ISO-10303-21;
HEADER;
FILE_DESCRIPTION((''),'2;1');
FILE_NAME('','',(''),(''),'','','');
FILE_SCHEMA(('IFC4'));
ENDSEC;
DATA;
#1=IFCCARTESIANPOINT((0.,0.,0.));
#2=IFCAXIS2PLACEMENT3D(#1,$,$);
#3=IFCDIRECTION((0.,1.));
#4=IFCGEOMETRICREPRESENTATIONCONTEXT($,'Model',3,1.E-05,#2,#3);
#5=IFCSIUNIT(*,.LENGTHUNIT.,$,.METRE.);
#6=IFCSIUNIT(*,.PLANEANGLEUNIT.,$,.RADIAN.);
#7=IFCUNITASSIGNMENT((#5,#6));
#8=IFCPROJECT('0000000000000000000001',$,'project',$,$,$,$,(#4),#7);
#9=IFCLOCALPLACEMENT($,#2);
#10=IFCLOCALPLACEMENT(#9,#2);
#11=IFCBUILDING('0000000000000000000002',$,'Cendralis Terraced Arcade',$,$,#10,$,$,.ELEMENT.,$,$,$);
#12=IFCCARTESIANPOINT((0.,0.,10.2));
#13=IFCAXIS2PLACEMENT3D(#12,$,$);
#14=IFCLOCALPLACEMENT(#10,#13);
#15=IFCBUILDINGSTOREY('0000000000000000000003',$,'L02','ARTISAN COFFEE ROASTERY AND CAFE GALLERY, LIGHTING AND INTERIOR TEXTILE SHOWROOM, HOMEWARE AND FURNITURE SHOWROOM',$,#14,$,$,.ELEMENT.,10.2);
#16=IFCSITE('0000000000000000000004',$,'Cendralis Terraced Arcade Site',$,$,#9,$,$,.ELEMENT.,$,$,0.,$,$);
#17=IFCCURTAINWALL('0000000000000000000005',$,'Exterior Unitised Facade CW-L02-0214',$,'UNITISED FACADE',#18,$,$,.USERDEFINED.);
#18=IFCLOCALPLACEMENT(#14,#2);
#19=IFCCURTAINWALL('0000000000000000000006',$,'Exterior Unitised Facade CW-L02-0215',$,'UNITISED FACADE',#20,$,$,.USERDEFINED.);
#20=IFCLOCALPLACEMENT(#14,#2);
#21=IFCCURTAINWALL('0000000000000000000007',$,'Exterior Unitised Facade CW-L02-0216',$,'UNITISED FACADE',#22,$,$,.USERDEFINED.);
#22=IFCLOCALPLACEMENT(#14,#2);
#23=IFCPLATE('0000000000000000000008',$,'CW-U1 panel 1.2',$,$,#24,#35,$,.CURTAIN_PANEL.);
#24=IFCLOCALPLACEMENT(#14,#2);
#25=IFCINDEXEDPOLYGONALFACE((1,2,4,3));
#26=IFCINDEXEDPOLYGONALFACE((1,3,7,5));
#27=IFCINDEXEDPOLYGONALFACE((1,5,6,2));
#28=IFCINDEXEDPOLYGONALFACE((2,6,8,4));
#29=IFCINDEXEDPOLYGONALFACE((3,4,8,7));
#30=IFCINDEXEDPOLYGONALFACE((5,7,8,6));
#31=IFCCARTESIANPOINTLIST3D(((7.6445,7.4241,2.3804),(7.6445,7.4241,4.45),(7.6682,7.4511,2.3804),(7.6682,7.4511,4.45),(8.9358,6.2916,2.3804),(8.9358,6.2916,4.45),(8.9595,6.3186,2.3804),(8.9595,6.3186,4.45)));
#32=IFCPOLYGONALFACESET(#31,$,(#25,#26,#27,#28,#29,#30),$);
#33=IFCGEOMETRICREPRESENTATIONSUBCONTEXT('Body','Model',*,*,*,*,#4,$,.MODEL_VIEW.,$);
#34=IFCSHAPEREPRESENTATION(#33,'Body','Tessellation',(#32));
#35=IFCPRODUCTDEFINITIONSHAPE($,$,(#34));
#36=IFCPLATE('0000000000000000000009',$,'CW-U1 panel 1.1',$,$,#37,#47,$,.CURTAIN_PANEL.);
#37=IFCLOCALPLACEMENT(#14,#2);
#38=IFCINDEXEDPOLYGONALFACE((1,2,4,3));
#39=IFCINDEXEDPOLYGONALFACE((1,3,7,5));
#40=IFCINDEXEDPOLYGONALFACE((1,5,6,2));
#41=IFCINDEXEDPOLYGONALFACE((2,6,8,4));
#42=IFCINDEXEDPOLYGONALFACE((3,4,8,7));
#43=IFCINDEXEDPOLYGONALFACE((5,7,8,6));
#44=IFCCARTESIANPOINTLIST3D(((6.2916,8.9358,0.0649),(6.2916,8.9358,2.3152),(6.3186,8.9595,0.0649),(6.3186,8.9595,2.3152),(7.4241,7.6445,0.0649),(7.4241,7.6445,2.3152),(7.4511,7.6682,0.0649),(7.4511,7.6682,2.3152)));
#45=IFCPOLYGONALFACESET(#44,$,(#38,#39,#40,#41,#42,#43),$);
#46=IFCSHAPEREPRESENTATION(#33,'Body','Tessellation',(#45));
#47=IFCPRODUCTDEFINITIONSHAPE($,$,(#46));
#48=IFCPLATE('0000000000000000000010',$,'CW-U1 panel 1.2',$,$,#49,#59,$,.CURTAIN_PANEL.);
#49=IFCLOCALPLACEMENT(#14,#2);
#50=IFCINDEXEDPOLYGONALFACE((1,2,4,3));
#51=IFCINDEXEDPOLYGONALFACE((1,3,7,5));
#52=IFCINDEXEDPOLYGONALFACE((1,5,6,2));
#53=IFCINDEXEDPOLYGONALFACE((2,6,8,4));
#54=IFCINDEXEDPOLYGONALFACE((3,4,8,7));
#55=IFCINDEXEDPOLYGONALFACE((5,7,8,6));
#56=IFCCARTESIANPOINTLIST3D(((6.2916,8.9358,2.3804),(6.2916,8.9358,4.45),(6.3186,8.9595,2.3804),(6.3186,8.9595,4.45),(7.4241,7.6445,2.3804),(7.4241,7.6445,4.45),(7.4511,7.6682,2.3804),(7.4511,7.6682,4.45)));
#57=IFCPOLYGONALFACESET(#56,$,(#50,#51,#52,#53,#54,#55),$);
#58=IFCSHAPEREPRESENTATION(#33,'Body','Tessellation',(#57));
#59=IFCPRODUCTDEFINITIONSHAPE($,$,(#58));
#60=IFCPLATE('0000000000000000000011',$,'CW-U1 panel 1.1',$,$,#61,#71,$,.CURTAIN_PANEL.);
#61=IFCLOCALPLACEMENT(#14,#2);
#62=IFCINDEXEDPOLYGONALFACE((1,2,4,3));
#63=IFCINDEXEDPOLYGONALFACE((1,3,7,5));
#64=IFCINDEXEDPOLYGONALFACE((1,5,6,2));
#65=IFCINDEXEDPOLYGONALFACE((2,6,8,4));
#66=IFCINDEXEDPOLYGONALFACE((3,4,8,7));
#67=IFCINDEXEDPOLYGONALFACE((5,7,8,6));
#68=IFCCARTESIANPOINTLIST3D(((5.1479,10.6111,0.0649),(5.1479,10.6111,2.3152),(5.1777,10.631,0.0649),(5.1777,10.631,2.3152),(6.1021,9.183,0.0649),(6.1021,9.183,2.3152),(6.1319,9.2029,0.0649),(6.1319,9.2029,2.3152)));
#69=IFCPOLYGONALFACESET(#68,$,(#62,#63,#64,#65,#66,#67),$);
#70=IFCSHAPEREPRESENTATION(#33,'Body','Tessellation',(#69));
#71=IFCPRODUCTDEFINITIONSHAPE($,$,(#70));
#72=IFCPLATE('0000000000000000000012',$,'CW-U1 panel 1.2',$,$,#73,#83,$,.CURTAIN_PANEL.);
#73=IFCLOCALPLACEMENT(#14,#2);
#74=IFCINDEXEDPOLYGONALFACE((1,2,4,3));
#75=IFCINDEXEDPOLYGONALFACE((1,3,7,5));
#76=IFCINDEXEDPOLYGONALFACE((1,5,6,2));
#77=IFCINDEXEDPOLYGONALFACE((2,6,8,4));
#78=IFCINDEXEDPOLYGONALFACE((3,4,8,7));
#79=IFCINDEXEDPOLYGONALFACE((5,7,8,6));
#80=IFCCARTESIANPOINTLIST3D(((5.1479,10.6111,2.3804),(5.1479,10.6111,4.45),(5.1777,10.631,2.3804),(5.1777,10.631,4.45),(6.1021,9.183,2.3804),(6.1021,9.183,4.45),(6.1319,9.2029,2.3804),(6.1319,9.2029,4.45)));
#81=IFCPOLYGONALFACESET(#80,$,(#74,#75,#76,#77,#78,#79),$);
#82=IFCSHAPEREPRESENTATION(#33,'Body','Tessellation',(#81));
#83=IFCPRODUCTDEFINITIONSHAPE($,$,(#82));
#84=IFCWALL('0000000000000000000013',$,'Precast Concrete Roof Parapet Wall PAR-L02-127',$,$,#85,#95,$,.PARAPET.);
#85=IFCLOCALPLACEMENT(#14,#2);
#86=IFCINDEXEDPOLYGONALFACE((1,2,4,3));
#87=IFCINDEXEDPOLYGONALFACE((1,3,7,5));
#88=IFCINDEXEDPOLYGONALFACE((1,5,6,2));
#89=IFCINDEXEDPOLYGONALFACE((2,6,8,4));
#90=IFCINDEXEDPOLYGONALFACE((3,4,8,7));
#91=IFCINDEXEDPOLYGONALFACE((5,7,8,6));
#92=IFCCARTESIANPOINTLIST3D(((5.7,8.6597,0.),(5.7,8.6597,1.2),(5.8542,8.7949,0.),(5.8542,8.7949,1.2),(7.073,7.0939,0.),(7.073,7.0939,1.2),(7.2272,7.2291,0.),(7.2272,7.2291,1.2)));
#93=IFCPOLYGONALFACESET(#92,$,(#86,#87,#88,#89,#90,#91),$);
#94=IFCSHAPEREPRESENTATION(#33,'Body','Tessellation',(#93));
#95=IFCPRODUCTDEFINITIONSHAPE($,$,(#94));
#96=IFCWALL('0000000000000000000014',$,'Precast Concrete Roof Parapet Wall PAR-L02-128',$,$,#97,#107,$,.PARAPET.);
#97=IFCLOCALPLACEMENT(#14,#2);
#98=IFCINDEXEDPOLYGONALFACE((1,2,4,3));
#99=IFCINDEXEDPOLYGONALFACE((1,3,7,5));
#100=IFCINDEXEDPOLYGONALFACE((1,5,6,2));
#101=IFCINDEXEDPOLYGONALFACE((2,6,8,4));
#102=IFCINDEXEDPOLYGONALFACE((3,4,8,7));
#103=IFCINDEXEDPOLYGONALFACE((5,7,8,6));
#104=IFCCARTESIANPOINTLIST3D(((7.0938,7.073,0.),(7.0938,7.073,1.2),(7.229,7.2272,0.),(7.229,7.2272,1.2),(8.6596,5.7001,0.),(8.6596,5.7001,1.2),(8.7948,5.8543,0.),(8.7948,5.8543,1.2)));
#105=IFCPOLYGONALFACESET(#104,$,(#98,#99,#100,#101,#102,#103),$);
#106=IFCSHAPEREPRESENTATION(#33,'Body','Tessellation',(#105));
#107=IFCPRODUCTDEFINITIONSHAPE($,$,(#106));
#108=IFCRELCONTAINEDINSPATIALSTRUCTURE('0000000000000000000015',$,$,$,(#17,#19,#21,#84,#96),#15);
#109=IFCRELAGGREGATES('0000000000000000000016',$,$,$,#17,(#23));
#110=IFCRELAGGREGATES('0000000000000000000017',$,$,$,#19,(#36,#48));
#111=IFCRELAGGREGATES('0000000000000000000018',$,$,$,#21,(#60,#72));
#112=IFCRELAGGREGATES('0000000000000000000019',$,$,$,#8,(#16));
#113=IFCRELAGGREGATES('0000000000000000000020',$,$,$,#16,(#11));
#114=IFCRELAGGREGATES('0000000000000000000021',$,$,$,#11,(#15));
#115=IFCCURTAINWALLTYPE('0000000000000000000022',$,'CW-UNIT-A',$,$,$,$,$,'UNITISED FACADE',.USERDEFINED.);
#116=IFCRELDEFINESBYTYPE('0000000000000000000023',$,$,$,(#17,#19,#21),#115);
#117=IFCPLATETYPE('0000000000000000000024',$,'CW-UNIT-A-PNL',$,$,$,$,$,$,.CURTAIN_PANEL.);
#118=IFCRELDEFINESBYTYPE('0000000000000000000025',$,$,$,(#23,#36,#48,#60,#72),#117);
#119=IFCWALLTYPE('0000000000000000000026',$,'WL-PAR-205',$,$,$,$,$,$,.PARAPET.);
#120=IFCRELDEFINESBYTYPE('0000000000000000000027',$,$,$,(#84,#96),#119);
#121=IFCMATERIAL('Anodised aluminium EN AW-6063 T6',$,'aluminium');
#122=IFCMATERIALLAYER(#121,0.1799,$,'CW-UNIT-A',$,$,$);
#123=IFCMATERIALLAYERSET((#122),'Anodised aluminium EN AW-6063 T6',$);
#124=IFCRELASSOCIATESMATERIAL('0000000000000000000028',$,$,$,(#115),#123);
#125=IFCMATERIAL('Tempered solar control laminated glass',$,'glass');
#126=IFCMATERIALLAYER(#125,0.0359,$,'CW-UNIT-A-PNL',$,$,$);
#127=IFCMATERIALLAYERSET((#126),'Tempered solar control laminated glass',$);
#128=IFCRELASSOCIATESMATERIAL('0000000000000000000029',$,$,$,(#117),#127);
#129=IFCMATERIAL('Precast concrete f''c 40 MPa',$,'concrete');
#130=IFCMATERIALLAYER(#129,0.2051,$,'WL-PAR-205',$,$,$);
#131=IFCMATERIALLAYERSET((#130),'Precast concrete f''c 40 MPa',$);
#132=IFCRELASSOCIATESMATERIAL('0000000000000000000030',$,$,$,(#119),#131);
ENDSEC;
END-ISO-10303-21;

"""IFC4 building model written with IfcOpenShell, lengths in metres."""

from ifc_helpers import new_model, si_unit, direction, frame, frame_2d, origin, origin_2d, place, context, subcontext, project, spatial, rectangle, extrude, material, layer, layer_set, type_object, element, aggregate, save


model = new_model("IFC4")

# Units and contexts
model_context = context("Model", 3, precision=1e-05, world=origin(), true_north=direction((0.0, 1.0)))
body_context = subcontext(model_context, "Body", "Model", "MODEL_VIEW")
ifc_project = project(units=[si_unit("LENGTHUNIT", "METRE"), si_unit("PLANEANGLEUNIT", "RADIAN")], contexts=[model_context])

# Site, building, storey
site_placement = place(None, origin())
site = spatial("IfcSite", under=ifc_project, at=site_placement, Name="Cendralis Terraced Arcade Site", CompositionType="ELEMENT", RefElevation=0.0)
building_placement = place(site_placement, origin())
building = spatial("IfcBuilding", under=site, at=building_placement, Name="Cendralis Terraced Arcade", CompositionType="ELEMENT")
storey_placement = place(building_placement, frame((0.0, 0.0, 10.2)))
storey = spatial("IfcBuildingStorey", under=building, at=storey_placement, Name="L02", Description="ARTISAN COFFEE ROASTERY AND CAFE GALLERY, LIGHTING AND INTERIOR TEXTILE SHOWROOM, HOMEWARE AND FURNITURE SHOWROOM", CompositionType="ELEMENT", Elevation=10.2)

# Curtain wall
ifc_material_1 = material(Name="Anodised aluminium EN AW-6063 T6", Category="aluminium")
ifc_layer_1 = layer(ifc_material_1, 0.1799, Name="CW-UNIT-A")
ifc_layer_set_1 = layer_set([ifc_layer_1], Name="Anodised aluminium EN AW-6063 T6")
curtain_wall_type = type_object("IfcCurtainWallType", Name="CW-UNIT-A", ElementType="UNITISED FACADE", PredefinedType="USERDEFINED", material=ifc_layer_set_1)
curtain_wall_1_placement = place(storey_placement, origin())
curtain_wall_1 = element("IfcCurtainWall", 1, at=curtain_wall_1_placement, inside=storey, type_object=curtain_wall_type, Name="Exterior Unitised Facade CW-L02-0214", ObjectType="UNITISED FACADE", PredefinedType="USERDEFINED")

# Curtain walls
curtain_wall_2_placement = place(storey_placement, origin())
curtain_wall_2 = element("IfcCurtainWall", 2, at=curtain_wall_2_placement, inside=storey, type_object=curtain_wall_type, Name="Exterior Unitised Facade CW-L02-0215", ObjectType="UNITISED FACADE", PredefinedType="USERDEFINED")
curtain_wall_3_placement = place(storey_placement, origin())
curtain_wall_3 = element("IfcCurtainWall", 3, at=curtain_wall_3_placement, inside=storey, type_object=curtain_wall_type, Name="Exterior Unitised Facade CW-L02-0216", ObjectType="UNITISED FACADE", PredefinedType="USERDEFINED")

# Plates
ifc_material_2 = material(Name="Tempered solar control laminated glass", Category="glass")
ifc_layer_2 = layer(ifc_material_2, 0.0359, Name="CW-UNIT-A-PNL")
ifc_layer_set_2 = layer_set([ifc_layer_2], Name="Tempered solar control laminated glass")
plate_type = type_object("IfcPlateType", Name="CW-UNIT-A-PNL", PredefinedType="CURTAIN_PANEL", material=ifc_layer_set_2)
plate_1_placement = place(storey_placement, frame((8.302, 6.8713, 2.3804), z_axis=(0.0, 0.0, 1.0), x_axis=(-0.751818, 0.65937, 0.0)))
plate_1 = element("IfcPlate", 4, at=plate_1_placement, type_object=plate_type, Name="CW-U1 panel 1.2", PredefinedType="CURTAIN_PANEL", context=body_context, shape_type="SweptSolid", body=[
    extrude(rectangle(XDim=1.7175, YDim=0.0359, at=origin_2d()), origin(), (0.0, 0.0, 1.0), 2.0696),
])
aggregate(curtain_wall_1, [plate_1])
plate_2_placement = place(storey_placement, frame((6.8713, 8.302, 0.0649), z_axis=(0.0, 0.0, 1.0), x_axis=(-0.65937, 0.751818, 0.0)))
plate_2 = element("IfcPlate", 5, at=plate_2_placement, type_object=plate_type, Name="CW-U1 panel 1.1", PredefinedType="CURTAIN_PANEL", context=body_context, shape_type="SweptSolid", body=[
    extrude(rectangle(XDim=1.7175, YDim=0.0359, at=origin_2d()), origin(), (0.0, 0.0, 1.0), 2.2502),
])
plate_3_placement = place(storey_placement, frame((6.8713, 8.302, 2.3804), z_axis=(0.0, 0.0, 1.0), x_axis=(-0.65937, 0.751818, 0.0)))
plate_3 = element("IfcPlate", 6, at=plate_3_placement, type_object=plate_type, Name="CW-U1 panel 1.2", PredefinedType="CURTAIN_PANEL", context=body_context, shape_type="SweptSolid", body=[
    extrude(rectangle(XDim=1.7175, YDim=0.0359, at=origin_2d()), origin(), (0.0, 0.0, 1.0), 2.0696),
])
aggregate(curtain_wall_2, [plate_2, plate_3])
plate_4_placement = place(storey_placement, frame((5.6399, 9.907, 0.0649), z_axis=(0.0, 0.0, 1.0), x_axis=(-0.555549, 0.831484, 0.0)))
plate_4 = element("IfcPlate", 7, at=plate_4_placement, type_object=plate_type, Name="CW-U1 panel 1.1", PredefinedType="CURTAIN_PANEL", context=body_context, shape_type="SweptSolid", body=[
    extrude(rectangle(XDim=1.7175, YDim=0.0359, at=origin_2d()), origin(), (0.0, 0.0, 1.0), 2.2502),
])
plate_5_placement = place(storey_placement, frame((5.6399, 9.907, 2.3804), z_axis=(0.0, 0.0, 1.0), x_axis=(-0.555549, 0.831484, 0.0)))
plate_5 = element("IfcPlate", 8, at=plate_5_placement, type_object=plate_type, Name="CW-U1 panel 1.2", PredefinedType="CURTAIN_PANEL", context=body_context, shape_type="SweptSolid", body=[
    extrude(rectangle(XDim=1.7175, YDim=0.0359, at=origin_2d()), origin(), (0.0, 0.0, 1.0), 2.0696),
])
aggregate(curtain_wall_3, [plate_4, plate_5])

# Walls
ifc_material_3 = material(Name="Precast concrete f'c 40 MPa", Category="concrete")
ifc_layer_3 = layer(ifc_material_3, 0.2051, Name="WL-PAR-205")
ifc_layer_set_3 = layer_set([ifc_layer_3], Name="Precast concrete f'c 40 MPa")
wall_type = type_object("IfcWallType", Name="WL-PAR-205", PredefinedType="PARAPET", material=ifc_layer_set_3)
for number, where, z_axis, x_axis, name in (
    (9, (5.7771, 8.7273, 0.0), (0.0, 0.0, 1.0), (0.659284, -0.751894, 0.0), "Precast Concrete Roof Parapet Wall PAR-L02-127"),
    (10, (7.1614, 7.1501, 0.0), (0.0, 0.0, 1.0), (0.751894, -0.659284, 0.0), "Precast Concrete Roof Parapet Wall PAR-L02-128"),
):
    element("IfcWall", number, at=place(storey_placement, frame(where, z_axis=z_axis, x_axis=x_axis)), inside=storey, type_object=wall_type, Name=name, PredefinedType="PARAPET", context=body_context, shape_type="SweptSolid", body=[
        extrude(rectangle(XDim=2.0825, YDim=0.2051, at=frame_2d((1.0413, 0.0))), origin(), (0.0, 0.0, 1.0), 1.2),
    ])

save(model, "model.ifc")
